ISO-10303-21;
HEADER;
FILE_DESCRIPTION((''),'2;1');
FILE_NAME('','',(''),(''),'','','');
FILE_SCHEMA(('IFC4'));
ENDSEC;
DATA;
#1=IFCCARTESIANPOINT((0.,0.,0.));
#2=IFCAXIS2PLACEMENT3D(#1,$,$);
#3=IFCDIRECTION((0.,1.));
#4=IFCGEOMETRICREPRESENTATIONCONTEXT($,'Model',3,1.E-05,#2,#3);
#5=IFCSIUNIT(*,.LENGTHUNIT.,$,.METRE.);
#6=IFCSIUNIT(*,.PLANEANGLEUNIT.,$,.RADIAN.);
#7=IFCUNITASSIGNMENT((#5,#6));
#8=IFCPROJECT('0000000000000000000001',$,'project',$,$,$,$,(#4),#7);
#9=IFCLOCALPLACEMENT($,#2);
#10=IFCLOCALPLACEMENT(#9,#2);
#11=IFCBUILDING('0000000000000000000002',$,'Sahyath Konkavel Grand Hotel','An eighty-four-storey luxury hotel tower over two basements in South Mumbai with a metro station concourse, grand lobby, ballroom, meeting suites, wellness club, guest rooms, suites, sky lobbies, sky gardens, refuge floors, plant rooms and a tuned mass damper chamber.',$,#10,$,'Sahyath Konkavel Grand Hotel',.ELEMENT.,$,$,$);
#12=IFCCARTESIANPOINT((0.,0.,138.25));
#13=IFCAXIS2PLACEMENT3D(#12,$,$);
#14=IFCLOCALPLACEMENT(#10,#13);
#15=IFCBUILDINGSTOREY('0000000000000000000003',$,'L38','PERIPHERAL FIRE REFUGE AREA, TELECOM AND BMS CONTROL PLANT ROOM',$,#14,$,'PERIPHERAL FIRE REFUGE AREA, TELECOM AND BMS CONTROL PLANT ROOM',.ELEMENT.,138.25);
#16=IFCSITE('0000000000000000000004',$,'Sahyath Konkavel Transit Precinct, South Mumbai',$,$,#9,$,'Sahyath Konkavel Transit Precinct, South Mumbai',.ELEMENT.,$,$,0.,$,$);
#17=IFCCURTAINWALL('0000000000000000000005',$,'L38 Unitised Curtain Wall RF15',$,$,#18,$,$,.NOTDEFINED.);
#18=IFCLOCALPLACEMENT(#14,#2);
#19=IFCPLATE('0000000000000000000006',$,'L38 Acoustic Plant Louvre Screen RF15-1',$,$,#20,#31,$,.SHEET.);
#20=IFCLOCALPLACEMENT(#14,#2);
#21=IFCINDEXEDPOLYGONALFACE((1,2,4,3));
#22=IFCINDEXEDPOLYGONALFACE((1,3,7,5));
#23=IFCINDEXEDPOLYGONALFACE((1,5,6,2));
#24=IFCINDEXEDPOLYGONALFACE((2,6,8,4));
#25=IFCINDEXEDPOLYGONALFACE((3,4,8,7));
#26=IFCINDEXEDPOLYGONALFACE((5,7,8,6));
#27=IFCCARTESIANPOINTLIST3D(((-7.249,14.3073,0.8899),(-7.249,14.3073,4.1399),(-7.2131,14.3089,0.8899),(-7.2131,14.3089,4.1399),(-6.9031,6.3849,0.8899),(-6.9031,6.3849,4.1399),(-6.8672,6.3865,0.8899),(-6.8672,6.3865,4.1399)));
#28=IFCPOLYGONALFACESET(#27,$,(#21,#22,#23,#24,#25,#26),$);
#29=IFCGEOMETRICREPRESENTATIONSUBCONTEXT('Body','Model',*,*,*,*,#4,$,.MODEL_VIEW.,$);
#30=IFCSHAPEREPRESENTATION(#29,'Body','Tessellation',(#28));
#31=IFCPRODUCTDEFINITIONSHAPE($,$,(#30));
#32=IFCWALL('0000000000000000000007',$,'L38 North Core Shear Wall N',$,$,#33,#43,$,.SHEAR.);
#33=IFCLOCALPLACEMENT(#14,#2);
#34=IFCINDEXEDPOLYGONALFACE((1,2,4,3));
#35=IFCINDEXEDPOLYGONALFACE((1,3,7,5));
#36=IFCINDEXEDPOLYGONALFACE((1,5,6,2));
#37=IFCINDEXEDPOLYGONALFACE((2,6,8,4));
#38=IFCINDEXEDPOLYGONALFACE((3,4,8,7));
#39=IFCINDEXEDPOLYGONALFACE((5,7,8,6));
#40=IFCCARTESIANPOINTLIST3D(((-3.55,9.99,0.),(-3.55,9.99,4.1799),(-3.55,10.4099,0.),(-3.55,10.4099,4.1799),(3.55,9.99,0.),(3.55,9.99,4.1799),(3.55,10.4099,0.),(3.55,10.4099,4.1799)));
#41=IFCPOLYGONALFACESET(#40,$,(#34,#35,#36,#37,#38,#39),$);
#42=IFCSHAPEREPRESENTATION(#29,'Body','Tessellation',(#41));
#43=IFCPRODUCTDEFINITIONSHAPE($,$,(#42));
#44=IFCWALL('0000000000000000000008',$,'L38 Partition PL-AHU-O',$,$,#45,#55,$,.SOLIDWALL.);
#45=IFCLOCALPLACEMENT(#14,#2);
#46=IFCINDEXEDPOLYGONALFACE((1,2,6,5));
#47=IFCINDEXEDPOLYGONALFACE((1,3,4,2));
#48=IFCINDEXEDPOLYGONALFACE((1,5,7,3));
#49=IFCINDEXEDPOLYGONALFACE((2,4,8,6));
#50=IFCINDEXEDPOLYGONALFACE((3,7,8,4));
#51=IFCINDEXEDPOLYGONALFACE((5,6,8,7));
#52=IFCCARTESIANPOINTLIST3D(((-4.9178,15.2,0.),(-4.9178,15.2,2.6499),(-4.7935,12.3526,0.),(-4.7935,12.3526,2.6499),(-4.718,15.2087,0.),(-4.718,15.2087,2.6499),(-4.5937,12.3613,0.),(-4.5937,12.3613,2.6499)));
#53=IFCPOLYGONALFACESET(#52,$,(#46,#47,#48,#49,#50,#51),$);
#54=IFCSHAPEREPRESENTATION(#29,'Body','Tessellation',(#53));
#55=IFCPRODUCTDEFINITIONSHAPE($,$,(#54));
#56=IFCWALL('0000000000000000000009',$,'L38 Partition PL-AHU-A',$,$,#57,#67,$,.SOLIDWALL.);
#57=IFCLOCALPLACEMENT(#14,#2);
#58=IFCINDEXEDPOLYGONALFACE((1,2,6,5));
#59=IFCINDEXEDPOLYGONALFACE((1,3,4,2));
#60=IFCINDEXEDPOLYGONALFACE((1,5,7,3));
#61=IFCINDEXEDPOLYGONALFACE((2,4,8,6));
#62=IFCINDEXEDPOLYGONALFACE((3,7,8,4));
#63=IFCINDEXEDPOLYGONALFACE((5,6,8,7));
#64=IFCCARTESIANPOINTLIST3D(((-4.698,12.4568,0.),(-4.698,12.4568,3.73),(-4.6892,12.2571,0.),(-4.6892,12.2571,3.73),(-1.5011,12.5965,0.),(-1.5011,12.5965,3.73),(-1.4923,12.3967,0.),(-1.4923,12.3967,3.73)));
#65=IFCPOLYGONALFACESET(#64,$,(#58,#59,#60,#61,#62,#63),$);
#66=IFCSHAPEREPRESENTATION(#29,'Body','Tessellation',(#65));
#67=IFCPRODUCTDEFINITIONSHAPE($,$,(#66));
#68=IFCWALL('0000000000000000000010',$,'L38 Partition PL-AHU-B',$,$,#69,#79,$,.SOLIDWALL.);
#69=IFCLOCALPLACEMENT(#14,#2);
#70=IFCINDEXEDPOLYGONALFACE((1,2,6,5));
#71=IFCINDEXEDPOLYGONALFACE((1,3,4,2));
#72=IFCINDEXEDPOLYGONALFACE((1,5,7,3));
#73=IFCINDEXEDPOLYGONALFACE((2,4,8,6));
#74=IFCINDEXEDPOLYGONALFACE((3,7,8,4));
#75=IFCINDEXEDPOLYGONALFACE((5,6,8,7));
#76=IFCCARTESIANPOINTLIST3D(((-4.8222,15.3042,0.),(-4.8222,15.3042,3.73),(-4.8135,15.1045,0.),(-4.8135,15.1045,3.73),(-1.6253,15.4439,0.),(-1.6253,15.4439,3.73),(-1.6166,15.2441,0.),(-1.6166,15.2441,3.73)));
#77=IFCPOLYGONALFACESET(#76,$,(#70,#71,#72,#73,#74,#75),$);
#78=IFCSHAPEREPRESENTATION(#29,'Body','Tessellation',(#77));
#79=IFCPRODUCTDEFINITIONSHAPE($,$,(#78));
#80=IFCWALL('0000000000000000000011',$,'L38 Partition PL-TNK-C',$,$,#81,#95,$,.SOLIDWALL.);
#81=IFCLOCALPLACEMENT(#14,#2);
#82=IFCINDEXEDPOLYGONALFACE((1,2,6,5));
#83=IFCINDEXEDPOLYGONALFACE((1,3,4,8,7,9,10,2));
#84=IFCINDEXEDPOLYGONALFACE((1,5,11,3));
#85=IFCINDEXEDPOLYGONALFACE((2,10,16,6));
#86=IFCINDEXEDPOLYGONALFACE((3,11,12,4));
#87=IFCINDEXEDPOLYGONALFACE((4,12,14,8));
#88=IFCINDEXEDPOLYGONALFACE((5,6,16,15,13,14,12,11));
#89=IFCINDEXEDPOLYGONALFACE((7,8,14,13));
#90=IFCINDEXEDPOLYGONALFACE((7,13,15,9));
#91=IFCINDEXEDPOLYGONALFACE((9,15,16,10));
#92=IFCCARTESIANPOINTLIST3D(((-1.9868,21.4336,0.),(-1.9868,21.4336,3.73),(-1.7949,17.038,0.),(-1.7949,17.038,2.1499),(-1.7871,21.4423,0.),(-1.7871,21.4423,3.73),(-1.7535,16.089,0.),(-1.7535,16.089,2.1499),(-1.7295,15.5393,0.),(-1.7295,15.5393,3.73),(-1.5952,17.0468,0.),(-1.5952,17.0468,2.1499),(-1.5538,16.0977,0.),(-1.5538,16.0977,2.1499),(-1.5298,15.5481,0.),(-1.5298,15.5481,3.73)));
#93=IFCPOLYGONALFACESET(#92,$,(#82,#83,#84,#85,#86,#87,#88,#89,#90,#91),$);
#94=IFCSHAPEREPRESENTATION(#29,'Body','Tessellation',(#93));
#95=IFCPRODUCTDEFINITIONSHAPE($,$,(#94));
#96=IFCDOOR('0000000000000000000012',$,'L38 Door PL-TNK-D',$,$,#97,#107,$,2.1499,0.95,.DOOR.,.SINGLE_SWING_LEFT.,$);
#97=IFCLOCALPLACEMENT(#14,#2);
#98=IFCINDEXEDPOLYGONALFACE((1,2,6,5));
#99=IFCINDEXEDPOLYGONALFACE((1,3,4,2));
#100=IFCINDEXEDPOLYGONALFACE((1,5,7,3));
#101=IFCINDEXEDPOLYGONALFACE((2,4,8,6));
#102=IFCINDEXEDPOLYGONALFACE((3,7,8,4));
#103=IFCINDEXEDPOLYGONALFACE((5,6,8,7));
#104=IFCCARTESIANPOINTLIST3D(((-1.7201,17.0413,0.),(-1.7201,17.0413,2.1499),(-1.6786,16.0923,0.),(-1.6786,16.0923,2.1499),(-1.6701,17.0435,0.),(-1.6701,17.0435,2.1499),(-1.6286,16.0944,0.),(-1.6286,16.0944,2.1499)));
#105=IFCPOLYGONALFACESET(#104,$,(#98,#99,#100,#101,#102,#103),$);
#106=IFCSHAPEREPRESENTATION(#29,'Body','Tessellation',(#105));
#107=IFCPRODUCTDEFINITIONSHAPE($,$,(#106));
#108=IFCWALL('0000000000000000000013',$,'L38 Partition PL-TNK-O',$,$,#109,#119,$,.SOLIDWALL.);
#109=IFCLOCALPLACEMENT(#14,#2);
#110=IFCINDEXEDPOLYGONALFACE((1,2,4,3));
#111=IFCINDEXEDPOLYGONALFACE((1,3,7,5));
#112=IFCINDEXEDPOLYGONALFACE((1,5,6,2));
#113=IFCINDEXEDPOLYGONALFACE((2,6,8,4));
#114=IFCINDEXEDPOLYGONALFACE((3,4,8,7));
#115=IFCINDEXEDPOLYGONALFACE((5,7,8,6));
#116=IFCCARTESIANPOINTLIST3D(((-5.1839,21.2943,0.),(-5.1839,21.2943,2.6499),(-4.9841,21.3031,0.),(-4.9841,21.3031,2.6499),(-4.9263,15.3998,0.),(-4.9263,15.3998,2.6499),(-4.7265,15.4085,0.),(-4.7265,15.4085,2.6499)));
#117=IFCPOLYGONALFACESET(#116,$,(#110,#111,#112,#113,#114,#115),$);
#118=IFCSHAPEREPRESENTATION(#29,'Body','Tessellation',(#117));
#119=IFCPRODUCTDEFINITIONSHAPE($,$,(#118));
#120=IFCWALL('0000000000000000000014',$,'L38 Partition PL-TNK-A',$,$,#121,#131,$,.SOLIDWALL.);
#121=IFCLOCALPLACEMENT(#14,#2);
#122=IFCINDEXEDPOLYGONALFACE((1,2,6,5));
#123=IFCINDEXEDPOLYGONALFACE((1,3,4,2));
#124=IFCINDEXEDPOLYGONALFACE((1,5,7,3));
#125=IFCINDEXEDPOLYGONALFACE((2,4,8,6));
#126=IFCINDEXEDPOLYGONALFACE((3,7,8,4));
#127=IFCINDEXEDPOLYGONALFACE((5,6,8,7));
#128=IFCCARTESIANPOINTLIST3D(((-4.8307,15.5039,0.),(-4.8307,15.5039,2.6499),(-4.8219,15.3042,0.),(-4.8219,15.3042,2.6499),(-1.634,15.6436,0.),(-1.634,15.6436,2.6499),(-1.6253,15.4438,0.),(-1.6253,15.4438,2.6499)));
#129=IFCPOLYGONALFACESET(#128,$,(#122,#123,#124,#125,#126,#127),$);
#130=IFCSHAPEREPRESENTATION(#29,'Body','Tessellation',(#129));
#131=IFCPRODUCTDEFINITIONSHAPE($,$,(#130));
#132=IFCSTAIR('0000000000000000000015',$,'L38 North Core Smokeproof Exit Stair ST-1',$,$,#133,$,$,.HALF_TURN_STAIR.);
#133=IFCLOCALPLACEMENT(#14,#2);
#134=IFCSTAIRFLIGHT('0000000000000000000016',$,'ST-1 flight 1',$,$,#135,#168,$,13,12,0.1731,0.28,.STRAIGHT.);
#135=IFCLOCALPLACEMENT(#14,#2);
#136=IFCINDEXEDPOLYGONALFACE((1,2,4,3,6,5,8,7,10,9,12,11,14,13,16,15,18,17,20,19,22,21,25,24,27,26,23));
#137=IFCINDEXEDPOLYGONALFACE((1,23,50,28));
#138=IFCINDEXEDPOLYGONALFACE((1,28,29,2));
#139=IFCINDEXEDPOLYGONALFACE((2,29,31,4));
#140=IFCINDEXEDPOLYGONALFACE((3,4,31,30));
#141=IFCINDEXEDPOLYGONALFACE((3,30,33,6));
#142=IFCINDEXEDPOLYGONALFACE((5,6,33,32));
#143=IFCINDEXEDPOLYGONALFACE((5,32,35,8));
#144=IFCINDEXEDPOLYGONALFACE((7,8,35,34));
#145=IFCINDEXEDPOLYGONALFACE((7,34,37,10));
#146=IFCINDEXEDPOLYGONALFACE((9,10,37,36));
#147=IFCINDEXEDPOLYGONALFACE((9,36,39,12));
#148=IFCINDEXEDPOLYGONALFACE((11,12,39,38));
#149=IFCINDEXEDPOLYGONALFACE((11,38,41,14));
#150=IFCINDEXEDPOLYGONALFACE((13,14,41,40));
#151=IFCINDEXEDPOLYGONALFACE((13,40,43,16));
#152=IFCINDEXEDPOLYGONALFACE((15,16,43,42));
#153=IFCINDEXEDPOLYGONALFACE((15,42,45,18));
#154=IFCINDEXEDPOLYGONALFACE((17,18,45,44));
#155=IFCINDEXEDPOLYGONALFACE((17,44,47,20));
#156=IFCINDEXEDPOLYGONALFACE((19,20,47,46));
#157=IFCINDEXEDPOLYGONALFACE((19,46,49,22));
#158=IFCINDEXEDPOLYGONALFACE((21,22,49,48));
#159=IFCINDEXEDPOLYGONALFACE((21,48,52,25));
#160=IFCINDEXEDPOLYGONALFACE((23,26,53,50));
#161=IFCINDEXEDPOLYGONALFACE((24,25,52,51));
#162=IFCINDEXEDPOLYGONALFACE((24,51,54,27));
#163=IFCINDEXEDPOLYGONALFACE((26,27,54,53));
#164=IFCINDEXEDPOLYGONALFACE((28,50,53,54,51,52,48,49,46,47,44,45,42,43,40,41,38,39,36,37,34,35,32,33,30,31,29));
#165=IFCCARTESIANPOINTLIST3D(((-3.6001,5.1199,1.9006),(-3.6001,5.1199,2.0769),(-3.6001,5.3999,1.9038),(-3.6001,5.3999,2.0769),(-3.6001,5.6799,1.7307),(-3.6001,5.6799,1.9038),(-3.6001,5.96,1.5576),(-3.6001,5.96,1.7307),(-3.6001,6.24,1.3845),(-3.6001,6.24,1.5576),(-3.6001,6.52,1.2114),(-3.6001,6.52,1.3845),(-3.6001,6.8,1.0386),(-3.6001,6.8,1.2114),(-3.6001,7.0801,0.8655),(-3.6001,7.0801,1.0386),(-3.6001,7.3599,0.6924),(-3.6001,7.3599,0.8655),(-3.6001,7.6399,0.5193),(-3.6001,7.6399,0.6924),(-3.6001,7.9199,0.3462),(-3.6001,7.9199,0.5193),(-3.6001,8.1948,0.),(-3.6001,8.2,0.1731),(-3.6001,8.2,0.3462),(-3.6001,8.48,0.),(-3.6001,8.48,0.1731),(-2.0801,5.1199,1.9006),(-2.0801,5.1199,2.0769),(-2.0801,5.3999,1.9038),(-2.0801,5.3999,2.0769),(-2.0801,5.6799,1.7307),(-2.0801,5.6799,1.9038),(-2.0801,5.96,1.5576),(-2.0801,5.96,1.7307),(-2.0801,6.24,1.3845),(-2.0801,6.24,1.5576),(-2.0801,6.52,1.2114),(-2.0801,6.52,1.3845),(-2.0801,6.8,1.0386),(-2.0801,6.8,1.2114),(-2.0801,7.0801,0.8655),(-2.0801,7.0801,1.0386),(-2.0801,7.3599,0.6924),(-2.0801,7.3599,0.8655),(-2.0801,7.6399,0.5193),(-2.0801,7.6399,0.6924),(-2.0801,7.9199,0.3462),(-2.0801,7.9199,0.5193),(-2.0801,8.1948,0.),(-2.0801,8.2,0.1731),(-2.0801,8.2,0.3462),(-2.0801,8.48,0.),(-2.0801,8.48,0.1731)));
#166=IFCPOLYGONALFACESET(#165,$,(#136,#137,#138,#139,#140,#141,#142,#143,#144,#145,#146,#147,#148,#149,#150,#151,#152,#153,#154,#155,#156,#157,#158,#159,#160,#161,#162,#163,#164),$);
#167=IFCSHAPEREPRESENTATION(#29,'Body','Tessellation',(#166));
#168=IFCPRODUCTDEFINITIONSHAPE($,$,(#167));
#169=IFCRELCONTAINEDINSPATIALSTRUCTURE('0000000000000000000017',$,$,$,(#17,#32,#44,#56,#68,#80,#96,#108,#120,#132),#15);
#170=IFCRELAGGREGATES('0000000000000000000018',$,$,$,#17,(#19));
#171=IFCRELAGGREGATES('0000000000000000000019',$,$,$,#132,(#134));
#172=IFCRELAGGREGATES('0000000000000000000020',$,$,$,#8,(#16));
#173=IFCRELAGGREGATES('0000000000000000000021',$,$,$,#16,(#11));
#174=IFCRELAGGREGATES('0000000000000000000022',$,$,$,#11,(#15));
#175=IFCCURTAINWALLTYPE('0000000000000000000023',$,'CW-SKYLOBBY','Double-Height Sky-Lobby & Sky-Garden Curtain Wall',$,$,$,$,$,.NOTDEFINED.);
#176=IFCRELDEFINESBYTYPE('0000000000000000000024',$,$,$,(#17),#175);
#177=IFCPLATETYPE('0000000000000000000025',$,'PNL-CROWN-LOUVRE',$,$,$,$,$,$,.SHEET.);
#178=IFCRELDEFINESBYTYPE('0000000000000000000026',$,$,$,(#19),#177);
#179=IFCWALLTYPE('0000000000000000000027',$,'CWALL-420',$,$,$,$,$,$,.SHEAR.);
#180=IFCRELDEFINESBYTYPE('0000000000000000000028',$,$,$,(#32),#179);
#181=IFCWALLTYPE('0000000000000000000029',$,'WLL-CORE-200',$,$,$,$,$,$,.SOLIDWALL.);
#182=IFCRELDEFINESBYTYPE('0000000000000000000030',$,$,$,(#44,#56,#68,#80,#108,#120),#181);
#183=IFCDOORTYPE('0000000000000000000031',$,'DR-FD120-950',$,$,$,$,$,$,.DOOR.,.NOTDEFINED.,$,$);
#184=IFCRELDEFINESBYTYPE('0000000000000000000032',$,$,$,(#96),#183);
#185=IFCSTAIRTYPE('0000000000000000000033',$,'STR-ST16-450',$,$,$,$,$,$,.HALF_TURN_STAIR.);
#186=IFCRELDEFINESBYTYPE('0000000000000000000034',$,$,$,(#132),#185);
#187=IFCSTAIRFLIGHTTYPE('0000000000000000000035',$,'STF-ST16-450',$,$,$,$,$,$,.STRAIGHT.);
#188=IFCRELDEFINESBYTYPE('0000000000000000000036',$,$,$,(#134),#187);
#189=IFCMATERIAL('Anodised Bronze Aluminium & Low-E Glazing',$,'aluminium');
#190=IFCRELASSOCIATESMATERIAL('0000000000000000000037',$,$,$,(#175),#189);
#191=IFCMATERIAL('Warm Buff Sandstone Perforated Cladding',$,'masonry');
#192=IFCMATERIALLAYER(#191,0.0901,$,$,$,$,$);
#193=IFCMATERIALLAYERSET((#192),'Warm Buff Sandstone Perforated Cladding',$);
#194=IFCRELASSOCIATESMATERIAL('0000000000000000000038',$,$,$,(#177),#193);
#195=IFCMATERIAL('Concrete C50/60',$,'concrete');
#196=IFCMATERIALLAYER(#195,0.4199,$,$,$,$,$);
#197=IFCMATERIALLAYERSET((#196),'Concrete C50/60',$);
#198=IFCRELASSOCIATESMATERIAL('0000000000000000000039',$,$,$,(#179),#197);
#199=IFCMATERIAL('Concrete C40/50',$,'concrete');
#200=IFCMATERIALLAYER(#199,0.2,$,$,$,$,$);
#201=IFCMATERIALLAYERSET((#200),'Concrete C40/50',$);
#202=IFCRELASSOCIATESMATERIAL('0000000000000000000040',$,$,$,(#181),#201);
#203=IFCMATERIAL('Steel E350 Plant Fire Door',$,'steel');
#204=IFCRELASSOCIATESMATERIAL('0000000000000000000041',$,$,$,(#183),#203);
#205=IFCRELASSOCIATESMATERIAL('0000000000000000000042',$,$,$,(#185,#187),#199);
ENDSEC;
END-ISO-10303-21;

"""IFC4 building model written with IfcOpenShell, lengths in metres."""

from ifc_helpers import new_model, si_unit, direction, frame, frame_2d, origin, origin_2d, place, context, subcontext, project, spatial, polyline, rectangle, outline, extrude, source, transform, mapped, material, layer, layer_set, type_object, element, fill, aggregate, save


model = new_model("IFC4")

# Units and contexts
model_context = context("Model", 3, precision=1e-05, world=origin(), true_north=direction((0.0, 1.0)))
body_context = subcontext(model_context, "Body", "Model", "MODEL_VIEW")
ifc_project = project(units=[si_unit("LENGTHUNIT", "METRE"), si_unit("PLANEANGLEUNIT", "RADIAN")], contexts=[model_context])

# Site, building, storey
site_placement = place(None, origin())
site = spatial("IfcSite", under=ifc_project, at=site_placement, Name="Sahyath Konkavel Transit Precinct, South Mumbai", LongName="Sahyath Konkavel Transit Precinct, South Mumbai", CompositionType="ELEMENT", RefElevation=0.0)
building_placement = place(site_placement, origin())
building = spatial("IfcBuilding", under=site, at=building_placement, Name="Sahyath Konkavel Grand Hotel", Description="An eighty-four-storey luxury hotel tower over two basements in South Mumbai with a metro station concourse, grand lobby, ballroom, meeting suites, wellness club, guest rooms, suites, sky lobbies, sky gardens, refuge floors, plant rooms and a tuned mass damper chamber.", LongName="Sahyath Konkavel Grand Hotel", CompositionType="ELEMENT")
storey_placement = place(building_placement, frame((0.0, 0.0, 138.25)))
storey = spatial("IfcBuildingStorey", under=building, at=storey_placement, Name="L38", Description="PERIPHERAL FIRE REFUGE AREA, TELECOM AND BMS CONTROL PLANT ROOM", LongName="PERIPHERAL FIRE REFUGE AREA, TELECOM AND BMS CONTROL PLANT ROOM", CompositionType="ELEMENT", Elevation=138.25)

# Curtain wall
ifc_material_1 = material(Name="Anodised Bronze Aluminium & Low-E Glazing", Category="aluminium")
curtain_wall_type = type_object("IfcCurtainWallType", Name="CW-SKYLOBBY", Description="Double-Height Sky-Lobby & Sky-Garden Curtain Wall", PredefinedType="NOTDEFINED", material=ifc_material_1)
curtain_wall_placement = place(storey_placement, origin())
curtain_wall = element("IfcCurtainWall", 1, at=curtain_wall_placement, inside=storey, type_object=curtain_wall_type, Name="L38 Unitised Curtain Wall RF15", PredefinedType="NOTDEFINED")

# Plate
ifc_material_2 = material(Name="Warm Buff Sandstone Perforated Cladding", Category="masonry")
ifc_layer_1 = layer(ifc_material_2, 0.0901)
ifc_layer_set_1 = layer_set([ifc_layer_1], Name="Warm Buff Sandstone Perforated Cladding")
plate_type_1 = type_object("IfcPlateType", Name="PNL-CROWN-LOUVRE", PredefinedType="SHEET", material=ifc_layer_set_1)
shared_shape_1 = source(origin(), body_context, "Body", "SweptSolid", [
    extrude(rectangle(XDim=7.9299, YDim=0.0359, at=origin_2d()), origin(), (0.0, 0.0, 1.0), 3.25),
])
plate_1_placement = place(storey_placement, frame((-7.0581, 10.3469, 0.8899), z_axis=(0.0, 0.0, 1.0), x_axis=(0.043619, -0.999048, 0.0)))
plate_1 = element("IfcPlate", 2, at=plate_1_placement, type_object=plate_type_1, Name="L38 Acoustic Plant Louvre Screen RF15-1", PredefinedType="SHEET", context=body_context, shape_type="MappedRepresentation", body=[
    mapped(shared_shape_1, transform((0.0, 0.0, 0.0), scale=1.0)),
])
aggregate(curtain_wall, [plate_1])

# Wall
ifc_material_3 = material(Name="Concrete C50/60", Category="concrete")
ifc_layer_2 = layer(ifc_material_3, 0.4199)
ifc_layer_set_2 = layer_set([ifc_layer_2], Name="Concrete C50/60")
wall_type_1 = type_object("IfcWallType", Name="CWALL-420", PredefinedType="SHEAR", material=ifc_layer_set_2)
wall_1_placement = place(storey_placement, frame((-3.55, 10.2, 0.0), z_axis=(0.0, 0.0, 1.0), x_axis=(1.0, 0.0, 0.0)))
element("IfcWall", 3, at=wall_1_placement, inside=storey, type_object=wall_type_1, Name="L38 North Core Shear Wall N", PredefinedType="SHEAR", context=body_context, shape_type="SweptSolid", body=[
    extrude(rectangle(XDim=7.1001, YDim=0.4199, at=frame_2d((3.55, 0.0))), origin(), (0.0, 0.0, 1.0), 4.1799),
])

# Shared definitions
ifc_material_4 = material(Name="Concrete C40/50", Category="concrete")
ifc_layer_3 = layer(ifc_material_4, 0.2)
ifc_layer_set_3 = layer_set([ifc_layer_3], Name="Concrete C40/50")
wall_type_2 = type_object("IfcWallType", Name="WLL-CORE-200", PredefinedType="SOLIDWALL", material=ifc_layer_set_3)
ifc_material_5 = material(Name="Steel E350 Plant Fire Door", Category="steel")
door_type = type_object("IfcDoorType", Name="DR-FD120-950", OperationType="NOTDEFINED", PredefinedType="DOOR", material=ifc_material_5)
shared_shape_2 = source(origin(), body_context, "Body", "SweptSolid", [
    extrude(rectangle(XDim=0.95, YDim=0.05, at=origin_2d()), origin(), (0.0, 0.0, 1.0), 2.1499),
])

# Walls
wall_2_placement = place(storey_placement, frame((-4.6936, 12.3569, 0.0), z_axis=(0.0, 0.0, 1.0), x_axis=(-0.043601, 0.999049, 0.0)))
element("IfcWall", 4, at=wall_2_placement, inside=storey, type_object=wall_type_2, Name="L38 Partition PL-AHU-O", PredefinedType="SOLIDWALL", context=body_context, shape_type="SweptSolid", body=[
    extrude(rectangle(XDim=2.8501, YDim=0.2, at=frame_2d((1.425, 0.0))), origin(), (0.0, 0.0, 1.0), 2.6499),
])
for number, where, z_axis, x_axis, name in (
    (5, (-1.4966, 12.4966, 0.0), (0.0, 0.0, 1.0), (-0.999047, -0.043639, 0.0), "L38 Partition PL-AHU-A"),
    (6, (-1.6208, 15.344, 0.0), (0.0, 0.0, 1.0), (-0.999047, -0.043639, 0.0), "L38 Partition PL-AHU-B"),
):
    element("IfcWall", number, at=place(storey_placement, frame(where, z_axis=z_axis, x_axis=x_axis)), inside=storey, type_object=wall_type_2, Name=name, PredefinedType="SOLIDWALL", context=body_context, shape_type="SweptSolid", body=[
        extrude(rectangle(XDim=3.2, YDim=0.2, at=frame_2d((1.6001, 0.0))), origin(), (0.0, 0.0, 1.0), 3.73),
    ])

# Wall, opening, door
wall_3_placement = place(storey_placement, frame((-1.6296, 15.5437, 0.0), z_axis=(0.0, 0.0, 1.0), x_axis=(-0.043615, 0.999048, 0.0)))
wall_3 = element("IfcWall", 7, at=wall_3_placement, inside=storey, type_object=wall_type_2, Name="L38 Partition PL-TNK-C", PredefinedType="SOLIDWALL", context=body_context, shape_type="SweptSolid", body=[
    extrude(rectangle(XDim=5.8999, YDim=0.2, at=frame_2d((2.95, 0.0))), origin(), (0.0, 0.0, 1.0), 3.73),
])
opening_1_placement = place(wall_3_placement, frame((0.55, 0.0, 0.0)))
opening_1 = element("IfcOpeningElement", 8, at=opening_1_placement, cuts=wall_3, PredefinedType="OPENING", context=body_context, shape_type="SweptSolid", body=[
    extrude(rectangle(XDim=0.95, YDim=2.1499, at=frame_2d((0.4751, 1.075))), frame((0.0, 0.1099, 0.0), z_axis=(0.0, -1.0, 0.0), x_axis=(1.0, 0.0, 0.0)), (0.0, 0.0, 1.0), 0.22),
])
door_1_placement = place(opening_1_placement, frame((0.4751, 0.0, 0.0)))
door_1 = element("IfcDoor", 9, at=door_1_placement, inside=storey, type_object=door_type, Name="L38 Door PL-TNK-D", OperationType="SINGLE_SWING_LEFT", OverallHeight=2.1499, OverallWidth=0.95, PredefinedType="DOOR", context=body_context, shape_type="MappedRepresentation", body=[
    mapped(shared_shape_2, transform((0.0, 0.0, 0.0), scale=1.0)),
])
fill(opening_1, door_1)

# Walls
wall_4_placement = place(storey_placement, frame((-4.8264, 15.4041, 0.0), z_axis=(0.0, 0.0, 1.0), x_axis=(-0.043655, 0.999047, 0.0)))
element("IfcWall", 10, at=wall_4_placement, inside=storey, type_object=wall_type_2, Name="L38 Partition PL-TNK-O", PredefinedType="SOLIDWALL", context=body_context, shape_type="SweptSolid", body=[
    extrude(rectangle(XDim=5.9001, YDim=0.2, at=frame_2d((2.9502, 0.0))), origin(), (0.0, 0.0, 1.0), 2.6499),
])
wall_5_placement = place(storey_placement, frame((-1.6296, 15.5437, 0.0), z_axis=(0.0, 0.0, 1.0), x_axis=(-0.999047, -0.043643, 0.0)))
element("IfcWall", 11, at=wall_5_placement, inside=storey, type_object=wall_type_2, Name="L38 Partition PL-TNK-A", PredefinedType="SOLIDWALL", context=body_context, shape_type="SweptSolid", body=[
    extrude(rectangle(XDim=3.1997, YDim=0.2, at=frame_2d((1.5999, 0.0))), origin(), (0.0, 0.0, 1.0), 2.6499),
])

# Stair, stair flight
stair_type = type_object("IfcStairType", Name="STR-ST16-450", PredefinedType="HALF_TURN_STAIR", material=ifc_material_4)
stair_placement = place(storey_placement, origin())
stair = element("IfcStair", 12, at=stair_placement, inside=storey, type_object=stair_type, Name="L38 North Core Smokeproof Exit Stair ST-1", PredefinedType="HALF_TURN_STAIR")
stair_flight_type = type_object("IfcStairFlightType", Name="STF-ST16-450", PredefinedType="STRAIGHT", material=ifc_material_4)
stair_flight_placement = place(storey_placement, frame((-2.8401, 8.48, 0.0), z_axis=(0.0, 0.0, 1.0), x_axis=(0.0, -1.0, 0.0)))
stair_flight = element("IfcStairFlight", 13, at=stair_flight_placement, type_object=stair_flight_type, Name="ST-1 flight 1", NumberOfRisers=13, NumberOfTreads=12, PredefinedType="STRAIGHT", RiserHeight=0.1731, TreadLength=0.28, context=body_context, shape_type="SweptSolid", body=[
    extrude(outline(polyline([(0.0, 0.0), (0.0, 0.1731), (0.28, 0.1731), (0.28, 0.3462), (0.5601, 0.3462), (0.5601, 0.5193), (0.8401, 0.5193), (0.8401, 0.6924), (1.1201, 0.6924), (1.1201, 0.8655), (1.3999, 0.8655), (1.3999, 1.0386), (1.6799, 1.0386), (1.6799, 1.2114), (1.96, 1.2114), (1.96, 1.3845), (2.24, 1.3845), (2.24, 1.5576), (2.52, 1.5576), (2.52, 1.7307), (2.8, 1.7307), (2.8, 1.9038), (3.0801, 1.9038), (3.0801, 2.0769), (3.3601, 2.0769), (3.3601, 2.25), (3.3601, 1.9006), (0.2852, 0.0), (0.0, 0.0)])), frame((0.0, 0.76, 0.0), z_axis=(0.0, -1.0, 0.0), x_axis=(1.0, 0.0, 0.0)), (0.0, 0.0, 1.0), 1.52),
])
aggregate(stair, [stair_flight])

save(model, "model.ifc")
